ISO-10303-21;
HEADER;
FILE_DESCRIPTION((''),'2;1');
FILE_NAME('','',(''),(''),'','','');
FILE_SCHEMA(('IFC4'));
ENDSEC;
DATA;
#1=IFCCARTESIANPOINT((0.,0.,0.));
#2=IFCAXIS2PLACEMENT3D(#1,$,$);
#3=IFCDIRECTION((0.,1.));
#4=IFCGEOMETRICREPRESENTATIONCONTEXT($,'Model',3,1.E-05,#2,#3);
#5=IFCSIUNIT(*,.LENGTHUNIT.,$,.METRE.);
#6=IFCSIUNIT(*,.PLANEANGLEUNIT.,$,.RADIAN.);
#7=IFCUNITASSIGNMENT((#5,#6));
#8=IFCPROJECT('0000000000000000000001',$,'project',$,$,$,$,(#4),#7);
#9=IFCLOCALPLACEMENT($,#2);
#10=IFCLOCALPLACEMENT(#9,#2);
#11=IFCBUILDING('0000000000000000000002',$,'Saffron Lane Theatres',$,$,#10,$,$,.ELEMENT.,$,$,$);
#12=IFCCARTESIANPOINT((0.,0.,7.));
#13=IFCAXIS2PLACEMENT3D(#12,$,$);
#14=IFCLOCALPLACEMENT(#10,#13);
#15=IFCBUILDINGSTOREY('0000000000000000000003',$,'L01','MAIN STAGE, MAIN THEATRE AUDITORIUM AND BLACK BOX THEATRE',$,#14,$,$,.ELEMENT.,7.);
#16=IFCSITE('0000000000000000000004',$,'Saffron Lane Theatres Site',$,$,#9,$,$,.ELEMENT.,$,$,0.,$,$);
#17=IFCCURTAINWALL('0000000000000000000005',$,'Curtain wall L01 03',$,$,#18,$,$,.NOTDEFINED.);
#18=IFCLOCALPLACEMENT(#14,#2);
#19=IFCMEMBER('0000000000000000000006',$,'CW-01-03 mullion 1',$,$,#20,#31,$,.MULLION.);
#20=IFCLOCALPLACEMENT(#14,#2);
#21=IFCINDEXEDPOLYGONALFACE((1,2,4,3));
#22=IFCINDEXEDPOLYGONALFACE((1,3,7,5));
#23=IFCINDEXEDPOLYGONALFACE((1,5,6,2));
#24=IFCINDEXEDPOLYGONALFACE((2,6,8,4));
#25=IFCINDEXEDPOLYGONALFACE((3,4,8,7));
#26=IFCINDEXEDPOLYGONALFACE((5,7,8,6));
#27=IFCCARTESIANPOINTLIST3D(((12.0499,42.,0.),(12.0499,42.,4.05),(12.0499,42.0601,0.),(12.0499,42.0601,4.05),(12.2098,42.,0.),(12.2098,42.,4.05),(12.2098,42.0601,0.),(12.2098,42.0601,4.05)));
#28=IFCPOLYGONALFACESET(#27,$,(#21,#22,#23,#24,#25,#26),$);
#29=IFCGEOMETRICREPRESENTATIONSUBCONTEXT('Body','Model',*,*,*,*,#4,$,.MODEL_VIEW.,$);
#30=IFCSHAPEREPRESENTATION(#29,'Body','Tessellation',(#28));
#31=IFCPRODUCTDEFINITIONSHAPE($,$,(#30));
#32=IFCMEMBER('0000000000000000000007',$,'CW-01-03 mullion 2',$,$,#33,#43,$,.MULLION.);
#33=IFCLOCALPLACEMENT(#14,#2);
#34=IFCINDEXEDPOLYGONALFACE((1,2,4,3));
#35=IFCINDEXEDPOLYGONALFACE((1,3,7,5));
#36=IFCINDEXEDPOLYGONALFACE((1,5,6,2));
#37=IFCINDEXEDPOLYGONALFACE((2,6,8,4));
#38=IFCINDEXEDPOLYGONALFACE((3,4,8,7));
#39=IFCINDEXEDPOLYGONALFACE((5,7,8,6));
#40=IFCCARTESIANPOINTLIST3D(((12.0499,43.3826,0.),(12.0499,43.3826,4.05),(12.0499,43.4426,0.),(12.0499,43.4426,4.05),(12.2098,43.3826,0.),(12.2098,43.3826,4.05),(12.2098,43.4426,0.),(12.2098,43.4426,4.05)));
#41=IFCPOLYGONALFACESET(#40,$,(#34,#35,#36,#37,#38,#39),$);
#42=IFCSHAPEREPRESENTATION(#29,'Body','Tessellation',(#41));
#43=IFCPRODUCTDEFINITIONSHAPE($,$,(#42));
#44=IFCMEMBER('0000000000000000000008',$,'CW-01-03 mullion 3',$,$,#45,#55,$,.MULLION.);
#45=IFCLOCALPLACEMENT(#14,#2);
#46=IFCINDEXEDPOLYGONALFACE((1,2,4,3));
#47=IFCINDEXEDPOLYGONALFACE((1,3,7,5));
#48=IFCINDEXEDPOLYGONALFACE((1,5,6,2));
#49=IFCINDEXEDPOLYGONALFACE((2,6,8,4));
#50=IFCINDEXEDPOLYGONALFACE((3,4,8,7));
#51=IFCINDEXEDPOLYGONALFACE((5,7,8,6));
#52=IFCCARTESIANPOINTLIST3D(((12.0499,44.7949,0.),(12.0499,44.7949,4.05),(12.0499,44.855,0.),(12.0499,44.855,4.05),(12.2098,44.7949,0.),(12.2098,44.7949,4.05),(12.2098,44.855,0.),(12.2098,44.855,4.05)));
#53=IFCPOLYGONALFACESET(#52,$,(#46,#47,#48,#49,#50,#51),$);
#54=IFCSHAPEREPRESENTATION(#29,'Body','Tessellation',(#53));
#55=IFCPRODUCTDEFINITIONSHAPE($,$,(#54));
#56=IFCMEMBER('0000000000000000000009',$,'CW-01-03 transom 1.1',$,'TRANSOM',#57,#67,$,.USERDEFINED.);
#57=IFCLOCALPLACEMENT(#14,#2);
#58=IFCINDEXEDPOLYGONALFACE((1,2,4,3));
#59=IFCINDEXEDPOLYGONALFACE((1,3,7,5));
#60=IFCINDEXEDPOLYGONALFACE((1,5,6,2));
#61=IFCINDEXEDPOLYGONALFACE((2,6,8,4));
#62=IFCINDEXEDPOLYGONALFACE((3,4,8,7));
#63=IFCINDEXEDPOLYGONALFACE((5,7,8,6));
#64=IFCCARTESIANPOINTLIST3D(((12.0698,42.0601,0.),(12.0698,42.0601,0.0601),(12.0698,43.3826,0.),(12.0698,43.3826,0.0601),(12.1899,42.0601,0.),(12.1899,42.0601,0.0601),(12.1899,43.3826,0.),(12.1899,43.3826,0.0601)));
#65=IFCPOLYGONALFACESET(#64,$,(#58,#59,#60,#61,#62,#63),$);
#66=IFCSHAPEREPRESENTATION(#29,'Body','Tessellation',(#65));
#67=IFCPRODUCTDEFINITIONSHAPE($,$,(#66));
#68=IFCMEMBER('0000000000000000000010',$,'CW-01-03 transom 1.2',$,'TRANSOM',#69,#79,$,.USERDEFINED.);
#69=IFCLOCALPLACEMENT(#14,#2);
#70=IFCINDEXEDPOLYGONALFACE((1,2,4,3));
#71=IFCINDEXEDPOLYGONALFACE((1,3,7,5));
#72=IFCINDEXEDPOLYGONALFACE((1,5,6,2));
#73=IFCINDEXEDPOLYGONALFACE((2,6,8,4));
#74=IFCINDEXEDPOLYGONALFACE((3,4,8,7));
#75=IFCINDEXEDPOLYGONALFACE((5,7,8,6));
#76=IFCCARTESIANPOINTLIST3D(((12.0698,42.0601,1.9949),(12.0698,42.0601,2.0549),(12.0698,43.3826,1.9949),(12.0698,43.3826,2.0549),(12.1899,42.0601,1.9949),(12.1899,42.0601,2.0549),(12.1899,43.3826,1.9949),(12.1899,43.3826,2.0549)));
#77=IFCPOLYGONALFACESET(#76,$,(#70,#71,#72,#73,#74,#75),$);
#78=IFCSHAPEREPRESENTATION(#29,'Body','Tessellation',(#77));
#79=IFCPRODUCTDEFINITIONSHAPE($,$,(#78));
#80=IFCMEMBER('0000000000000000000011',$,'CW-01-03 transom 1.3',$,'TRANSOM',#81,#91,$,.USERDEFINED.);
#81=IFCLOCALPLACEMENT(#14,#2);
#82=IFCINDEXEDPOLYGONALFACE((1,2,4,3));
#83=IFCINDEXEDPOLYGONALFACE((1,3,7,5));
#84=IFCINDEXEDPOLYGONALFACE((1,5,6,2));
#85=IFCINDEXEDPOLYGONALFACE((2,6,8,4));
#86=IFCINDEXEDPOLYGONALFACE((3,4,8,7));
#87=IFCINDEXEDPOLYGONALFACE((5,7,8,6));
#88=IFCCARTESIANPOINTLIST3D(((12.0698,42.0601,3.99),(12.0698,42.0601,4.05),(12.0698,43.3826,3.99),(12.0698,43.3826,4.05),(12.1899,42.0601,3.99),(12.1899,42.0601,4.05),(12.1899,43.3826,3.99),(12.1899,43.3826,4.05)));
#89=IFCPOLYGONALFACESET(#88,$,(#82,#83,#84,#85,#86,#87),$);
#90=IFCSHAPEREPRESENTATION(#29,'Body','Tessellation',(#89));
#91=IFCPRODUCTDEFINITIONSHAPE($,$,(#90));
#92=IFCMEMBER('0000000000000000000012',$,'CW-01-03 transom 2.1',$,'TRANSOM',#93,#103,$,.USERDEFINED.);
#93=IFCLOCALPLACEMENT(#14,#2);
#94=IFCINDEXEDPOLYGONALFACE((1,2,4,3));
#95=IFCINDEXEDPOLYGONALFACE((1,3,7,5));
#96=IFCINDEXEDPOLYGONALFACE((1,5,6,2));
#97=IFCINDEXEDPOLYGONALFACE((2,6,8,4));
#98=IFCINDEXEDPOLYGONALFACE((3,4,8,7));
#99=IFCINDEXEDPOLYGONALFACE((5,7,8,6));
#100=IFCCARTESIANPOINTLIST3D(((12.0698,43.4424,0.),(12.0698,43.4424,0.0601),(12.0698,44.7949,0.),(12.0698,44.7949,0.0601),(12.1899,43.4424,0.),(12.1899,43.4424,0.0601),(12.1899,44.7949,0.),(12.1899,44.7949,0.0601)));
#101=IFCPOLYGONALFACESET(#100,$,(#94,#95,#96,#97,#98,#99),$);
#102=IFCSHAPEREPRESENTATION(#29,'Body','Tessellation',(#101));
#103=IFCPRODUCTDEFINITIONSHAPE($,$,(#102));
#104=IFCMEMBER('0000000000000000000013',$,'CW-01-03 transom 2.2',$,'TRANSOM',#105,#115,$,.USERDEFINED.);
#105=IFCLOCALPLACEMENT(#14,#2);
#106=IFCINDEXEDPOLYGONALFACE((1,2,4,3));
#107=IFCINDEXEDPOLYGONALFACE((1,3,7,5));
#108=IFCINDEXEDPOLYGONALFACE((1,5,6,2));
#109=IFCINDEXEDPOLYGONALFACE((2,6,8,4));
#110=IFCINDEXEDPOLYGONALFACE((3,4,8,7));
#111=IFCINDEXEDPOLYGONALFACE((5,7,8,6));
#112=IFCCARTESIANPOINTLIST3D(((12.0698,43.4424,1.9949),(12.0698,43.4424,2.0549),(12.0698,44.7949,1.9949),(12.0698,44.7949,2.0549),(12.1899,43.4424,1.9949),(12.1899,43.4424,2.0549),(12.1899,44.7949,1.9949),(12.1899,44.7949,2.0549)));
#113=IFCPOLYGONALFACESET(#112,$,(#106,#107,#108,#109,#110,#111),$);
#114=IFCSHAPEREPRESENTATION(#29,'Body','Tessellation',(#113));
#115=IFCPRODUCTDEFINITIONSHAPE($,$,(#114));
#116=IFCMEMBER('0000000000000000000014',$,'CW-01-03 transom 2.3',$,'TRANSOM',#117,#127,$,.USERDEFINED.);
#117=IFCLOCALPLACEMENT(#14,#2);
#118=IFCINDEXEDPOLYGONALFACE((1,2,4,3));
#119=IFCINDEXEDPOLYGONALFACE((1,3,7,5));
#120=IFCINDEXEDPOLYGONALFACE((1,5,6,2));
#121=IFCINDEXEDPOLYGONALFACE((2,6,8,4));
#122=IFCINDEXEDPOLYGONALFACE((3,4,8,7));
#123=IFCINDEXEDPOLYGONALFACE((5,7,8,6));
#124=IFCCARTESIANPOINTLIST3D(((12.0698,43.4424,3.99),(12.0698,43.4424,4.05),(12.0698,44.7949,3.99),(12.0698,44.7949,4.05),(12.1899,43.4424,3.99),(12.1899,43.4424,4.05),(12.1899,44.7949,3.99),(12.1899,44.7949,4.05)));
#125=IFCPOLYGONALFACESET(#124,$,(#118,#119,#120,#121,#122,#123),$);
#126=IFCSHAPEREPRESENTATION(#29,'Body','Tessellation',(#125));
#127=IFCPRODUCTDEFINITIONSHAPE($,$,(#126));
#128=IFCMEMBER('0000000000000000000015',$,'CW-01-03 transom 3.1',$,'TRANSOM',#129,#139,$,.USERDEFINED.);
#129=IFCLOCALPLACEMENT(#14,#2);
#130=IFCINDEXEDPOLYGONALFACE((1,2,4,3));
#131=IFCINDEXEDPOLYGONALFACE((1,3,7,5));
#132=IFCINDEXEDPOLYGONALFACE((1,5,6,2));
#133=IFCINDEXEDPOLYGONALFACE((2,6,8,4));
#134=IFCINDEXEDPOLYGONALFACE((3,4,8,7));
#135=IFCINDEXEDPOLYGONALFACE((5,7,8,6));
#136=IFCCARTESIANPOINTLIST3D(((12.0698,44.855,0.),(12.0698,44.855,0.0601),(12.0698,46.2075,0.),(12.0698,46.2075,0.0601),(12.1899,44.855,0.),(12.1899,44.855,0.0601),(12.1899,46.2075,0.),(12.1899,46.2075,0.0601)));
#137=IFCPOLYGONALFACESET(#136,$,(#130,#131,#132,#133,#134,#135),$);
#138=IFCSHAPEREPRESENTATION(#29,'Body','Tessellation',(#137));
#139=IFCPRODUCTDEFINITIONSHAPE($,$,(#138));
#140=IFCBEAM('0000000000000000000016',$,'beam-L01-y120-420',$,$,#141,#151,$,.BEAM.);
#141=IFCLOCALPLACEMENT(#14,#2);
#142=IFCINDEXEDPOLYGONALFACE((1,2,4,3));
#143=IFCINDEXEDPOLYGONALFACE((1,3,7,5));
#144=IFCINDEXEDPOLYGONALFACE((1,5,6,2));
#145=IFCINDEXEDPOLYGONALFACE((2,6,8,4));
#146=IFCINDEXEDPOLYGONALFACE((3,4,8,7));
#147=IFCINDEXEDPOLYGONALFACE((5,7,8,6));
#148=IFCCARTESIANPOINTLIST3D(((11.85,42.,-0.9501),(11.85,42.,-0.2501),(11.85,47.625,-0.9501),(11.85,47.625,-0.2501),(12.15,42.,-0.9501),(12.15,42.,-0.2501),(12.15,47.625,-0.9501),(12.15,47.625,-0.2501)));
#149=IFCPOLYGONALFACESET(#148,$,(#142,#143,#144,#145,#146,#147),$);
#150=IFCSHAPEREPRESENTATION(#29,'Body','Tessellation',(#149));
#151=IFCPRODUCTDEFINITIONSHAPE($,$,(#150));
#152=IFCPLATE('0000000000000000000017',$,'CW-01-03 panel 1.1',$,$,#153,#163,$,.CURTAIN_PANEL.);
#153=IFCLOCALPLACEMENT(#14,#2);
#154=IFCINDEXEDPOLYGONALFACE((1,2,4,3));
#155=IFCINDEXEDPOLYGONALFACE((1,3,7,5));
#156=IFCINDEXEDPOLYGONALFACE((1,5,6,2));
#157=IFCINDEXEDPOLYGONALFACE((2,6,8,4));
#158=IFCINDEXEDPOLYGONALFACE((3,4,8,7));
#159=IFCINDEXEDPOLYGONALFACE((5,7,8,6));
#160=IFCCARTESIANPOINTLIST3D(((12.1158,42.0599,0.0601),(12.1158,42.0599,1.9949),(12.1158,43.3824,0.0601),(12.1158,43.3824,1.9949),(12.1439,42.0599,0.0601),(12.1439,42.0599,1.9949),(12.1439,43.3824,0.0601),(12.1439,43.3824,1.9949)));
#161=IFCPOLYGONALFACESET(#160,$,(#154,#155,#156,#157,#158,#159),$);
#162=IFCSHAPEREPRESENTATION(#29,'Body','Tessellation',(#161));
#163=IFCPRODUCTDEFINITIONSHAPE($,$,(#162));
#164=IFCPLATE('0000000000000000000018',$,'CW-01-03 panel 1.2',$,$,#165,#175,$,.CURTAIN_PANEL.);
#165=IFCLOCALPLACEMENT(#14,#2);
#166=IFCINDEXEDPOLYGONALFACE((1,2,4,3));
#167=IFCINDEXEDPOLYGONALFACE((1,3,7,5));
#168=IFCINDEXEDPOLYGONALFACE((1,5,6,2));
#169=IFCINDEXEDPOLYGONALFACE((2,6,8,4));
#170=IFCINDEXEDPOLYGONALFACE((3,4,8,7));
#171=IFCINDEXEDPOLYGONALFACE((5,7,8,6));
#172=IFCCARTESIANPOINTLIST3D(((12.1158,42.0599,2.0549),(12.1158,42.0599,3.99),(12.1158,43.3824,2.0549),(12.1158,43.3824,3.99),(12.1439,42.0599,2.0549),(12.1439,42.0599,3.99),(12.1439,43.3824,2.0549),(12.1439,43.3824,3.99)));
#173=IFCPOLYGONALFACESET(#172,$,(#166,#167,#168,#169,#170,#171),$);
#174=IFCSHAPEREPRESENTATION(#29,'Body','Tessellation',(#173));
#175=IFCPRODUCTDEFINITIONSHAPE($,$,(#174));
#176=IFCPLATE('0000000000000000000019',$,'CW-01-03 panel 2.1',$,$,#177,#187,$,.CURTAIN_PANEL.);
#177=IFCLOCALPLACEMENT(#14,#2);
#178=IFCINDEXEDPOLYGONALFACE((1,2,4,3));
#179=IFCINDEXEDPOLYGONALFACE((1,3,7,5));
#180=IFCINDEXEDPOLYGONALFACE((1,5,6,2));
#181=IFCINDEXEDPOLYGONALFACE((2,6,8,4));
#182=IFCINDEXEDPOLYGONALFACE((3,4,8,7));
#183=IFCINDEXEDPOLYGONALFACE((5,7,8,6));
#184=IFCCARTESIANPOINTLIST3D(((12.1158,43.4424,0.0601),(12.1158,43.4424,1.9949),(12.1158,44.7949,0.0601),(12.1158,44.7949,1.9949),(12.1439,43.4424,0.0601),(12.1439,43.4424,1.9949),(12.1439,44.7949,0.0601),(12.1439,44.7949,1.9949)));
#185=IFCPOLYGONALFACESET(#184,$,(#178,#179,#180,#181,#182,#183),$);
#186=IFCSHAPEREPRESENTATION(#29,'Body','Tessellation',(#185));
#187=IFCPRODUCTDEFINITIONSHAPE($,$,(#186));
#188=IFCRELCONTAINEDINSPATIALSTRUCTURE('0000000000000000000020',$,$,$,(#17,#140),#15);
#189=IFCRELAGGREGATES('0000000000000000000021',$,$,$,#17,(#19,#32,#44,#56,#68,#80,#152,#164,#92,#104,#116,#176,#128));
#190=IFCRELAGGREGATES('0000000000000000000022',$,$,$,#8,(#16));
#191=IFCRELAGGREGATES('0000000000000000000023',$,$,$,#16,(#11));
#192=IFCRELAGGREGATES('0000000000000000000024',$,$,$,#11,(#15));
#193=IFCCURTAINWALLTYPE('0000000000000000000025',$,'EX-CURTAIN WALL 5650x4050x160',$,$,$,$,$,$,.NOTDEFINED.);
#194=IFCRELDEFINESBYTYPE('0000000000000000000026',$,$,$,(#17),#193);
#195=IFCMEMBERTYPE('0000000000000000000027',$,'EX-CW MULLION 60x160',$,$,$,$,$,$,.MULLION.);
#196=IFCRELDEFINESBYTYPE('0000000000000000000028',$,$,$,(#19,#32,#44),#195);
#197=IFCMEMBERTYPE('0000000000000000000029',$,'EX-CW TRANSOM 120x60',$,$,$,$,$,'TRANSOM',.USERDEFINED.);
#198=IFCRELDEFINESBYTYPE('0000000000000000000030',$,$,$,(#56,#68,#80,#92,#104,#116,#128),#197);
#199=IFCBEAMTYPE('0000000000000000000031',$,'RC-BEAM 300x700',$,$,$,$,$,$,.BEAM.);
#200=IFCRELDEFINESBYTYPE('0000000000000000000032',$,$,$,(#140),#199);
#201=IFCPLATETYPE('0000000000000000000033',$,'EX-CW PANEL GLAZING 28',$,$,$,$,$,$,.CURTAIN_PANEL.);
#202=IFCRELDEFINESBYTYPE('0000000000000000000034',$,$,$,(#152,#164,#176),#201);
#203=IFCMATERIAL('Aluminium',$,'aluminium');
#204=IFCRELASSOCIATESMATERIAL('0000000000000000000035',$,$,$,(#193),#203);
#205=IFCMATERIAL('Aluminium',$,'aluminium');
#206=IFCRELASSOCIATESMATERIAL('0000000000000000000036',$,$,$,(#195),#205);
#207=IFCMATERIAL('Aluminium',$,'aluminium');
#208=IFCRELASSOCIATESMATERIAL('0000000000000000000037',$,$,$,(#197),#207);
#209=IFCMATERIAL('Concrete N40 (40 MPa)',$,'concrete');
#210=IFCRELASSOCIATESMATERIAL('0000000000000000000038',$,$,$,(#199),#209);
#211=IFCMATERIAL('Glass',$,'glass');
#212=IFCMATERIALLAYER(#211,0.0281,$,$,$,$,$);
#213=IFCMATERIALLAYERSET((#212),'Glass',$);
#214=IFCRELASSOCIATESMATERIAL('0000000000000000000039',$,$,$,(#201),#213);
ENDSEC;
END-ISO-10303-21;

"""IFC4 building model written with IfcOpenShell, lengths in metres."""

from ifc_helpers import new_model, si_unit, direction, frame, origin, origin_2d, place, context, subcontext, project, spatial, rectangle, extrude, material, layer, layer_set, material_profile, profile_set, type_object, element, aggregate, save


model = new_model("IFC4")

# Units and contexts
model_context = context("Model", 3, precision=1e-05, world=origin(), true_north=direction((0.0, 1.0)))
body_context = subcontext(model_context, "Body", "Model", "MODEL_VIEW")
ifc_project = project(units=[si_unit("LENGTHUNIT", "METRE"), si_unit("PLANEANGLEUNIT", "RADIAN")], contexts=[model_context])

# Site, building, storey
site_placement = place(None, origin())
site = spatial("IfcSite", under=ifc_project, at=site_placement, Name="Saffron Lane Theatres Site", CompositionType="ELEMENT", RefElevation=0.0)
building_placement = place(site_placement, origin())
building = spatial("IfcBuilding", under=site, at=building_placement, Name="Saffron Lane Theatres", CompositionType="ELEMENT")
storey_placement = place(building_placement, frame((0.0, 0.0, 7.0)))
storey = spatial("IfcBuildingStorey", under=building, at=storey_placement, Name="L01", Description="MAIN STAGE, MAIN THEATRE AUDITORIUM AND BLACK BOX THEATRE", CompositionType="ELEMENT", Elevation=7.0)

# Curtain wall, members
ifc_material_1 = material(Name="Aluminium", Category="aluminium")
curtain_wall_type = type_object("IfcCurtainWallType", Name="EX-CURTAIN WALL 5650x4050x160", PredefinedType="NOTDEFINED", material=ifc_material_1)
curtain_wall_placement = place(storey_placement, origin())
curtain_wall = element("IfcCurtainWall", 1, at=curtain_wall_placement, inside=storey, type_object=curtain_wall_type, Name="Curtain wall L01 03", PredefinedType="NOTDEFINED")
ifc_material_2 = material(Name="Aluminium", Category="aluminium")
ifc_material_profile_1 = material_profile(ifc_material_2, rectangle(XDim=0.0601, YDim=0.1599, at=origin_2d()))
ifc_profile_set_1 = profile_set([ifc_material_profile_1], Name="Aluminium")
member_type_1 = type_object("IfcMemberType", Name="EX-CW MULLION 60x160", PredefinedType="MULLION", material=ifc_profile_set_1)
member_1_placement = place(storey_placement, frame((12.1299, 42.03, 0.0), z_axis=(0.0, 0.0, 1.0), x_axis=(0.0, 1.0, 0.0)))
member_1 = element("IfcMember", 2, at=member_1_placement, type_object=member_type_1, Name="CW-01-03 mullion 1", PredefinedType="MULLION", context=body_context, shape_type="SweptSolid", body=[
    extrude(rectangle(XDim=0.0601, YDim=0.1599, at=origin_2d()), origin(), (0.0, 0.0, 1.0), 4.05),
])
member_2_placement = place(storey_placement, frame((12.1299, 43.4126, 0.0), z_axis=(0.0, 0.0, 1.0), x_axis=(0.0, 1.0, 0.0)))
member_2 = element("IfcMember", 3, at=member_2_placement, type_object=member_type_1, Name="CW-01-03 mullion 2", PredefinedType="MULLION", context=body_context, shape_type="SweptSolid", body=[
    extrude(rectangle(XDim=0.0601, YDim=0.1599, at=origin_2d()), origin(), (0.0, 0.0, 1.0), 4.05),
])
member_3_placement = place(storey_placement, frame((12.1299, 44.825, 0.0), z_axis=(0.0, 0.0, 1.0), x_axis=(0.0, 1.0, 0.0)))
member_3 = element("IfcMember", 4, at=member_3_placement, type_object=member_type_1, Name="CW-01-03 mullion 3", PredefinedType="MULLION", context=body_context, shape_type="SweptSolid", body=[
    extrude(rectangle(XDim=0.0601, YDim=0.1599, at=origin_2d()), origin(), (0.0, 0.0, 1.0), 4.05),
])
ifc_material_3 = material(Name="Aluminium", Category="aluminium")
ifc_material_profile_2 = material_profile(ifc_material_3, rectangle(XDim=0.1201, YDim=0.0601, at=origin_2d()))
ifc_profile_set_2 = profile_set([ifc_material_profile_2], Name="Aluminium")
member_type_2 = type_object("IfcMemberType", Name="EX-CW TRANSOM 120x60", ElementType="TRANSOM", PredefinedType="USERDEFINED", material=ifc_profile_set_2)
member_4_placement = place(storey_placement, frame((12.1299, 42.0601, 0.03), z_axis=(0.0, 1.0, 0.0), x_axis=(-1.0, 0.0, 0.0)))
member_4 = element("IfcMember", 5, at=member_4_placement, type_object=member_type_2, Name="CW-01-03 transom 1.1", ObjectType="TRANSOM", PredefinedType="USERDEFINED", context=body_context, shape_type="SweptSolid", body=[
    extrude(rectangle(XDim=0.1201, YDim=0.0601, at=origin_2d()), origin(), (0.0, 0.0, 1.0), 1.3225),
])
member_5_placement = place(storey_placement, frame((12.1299, 42.0601, 2.0249), z_axis=(0.0, 1.0, 0.0), x_axis=(-1.0, 0.0, 0.0)))
member_5 = element("IfcMember", 6, at=member_5_placement, type_object=member_type_2, Name="CW-01-03 transom 1.2", ObjectType="TRANSOM", PredefinedType="USERDEFINED", context=body_context, shape_type="SweptSolid", body=[
    extrude(rectangle(XDim=0.1201, YDim=0.0601, at=origin_2d()), origin(), (0.0, 0.0, 1.0), 1.3225),
])
member_6_placement = place(storey_placement, frame((12.1299, 42.0601, 4.02), z_axis=(0.0, 1.0, 0.0), x_axis=(-1.0, 0.0, 0.0)))
member_6 = element("IfcMember", 7, at=member_6_placement, type_object=member_type_2, Name="CW-01-03 transom 1.3", ObjectType="TRANSOM", PredefinedType="USERDEFINED", context=body_context, shape_type="SweptSolid", body=[
    extrude(rectangle(XDim=0.1201, YDim=0.0601, at=origin_2d()), origin(), (0.0, 0.0, 1.0), 1.3225),
])
member_7_placement = place(storey_placement, frame((12.1299, 43.4424, 0.03), z_axis=(0.0, 1.0, 0.0), x_axis=(-1.0, 0.0, 0.0)))
member_7 = element("IfcMember", 8, at=member_7_placement, type_object=member_type_2, Name="CW-01-03 transom 2.1", ObjectType="TRANSOM", PredefinedType="USERDEFINED", context=body_context, shape_type="SweptSolid", body=[
    extrude(rectangle(XDim=0.1201, YDim=0.0601, at=origin_2d()), origin(), (0.0, 0.0, 1.0), 1.3525),
])
member_8_placement = place(storey_placement, frame((12.1299, 43.4424, 2.0249), z_axis=(0.0, 1.0, 0.0), x_axis=(-1.0, 0.0, 0.0)))
member_8 = element("IfcMember", 9, at=member_8_placement, type_object=member_type_2, Name="CW-01-03 transom 2.2", ObjectType="TRANSOM", PredefinedType="USERDEFINED", context=body_context, shape_type="SweptSolid", body=[
    extrude(rectangle(XDim=0.1201, YDim=0.0601, at=origin_2d()), origin(), (0.0, 0.0, 1.0), 1.3525),
])
member_9_placement = place(storey_placement, frame((12.1299, 43.4424, 4.02), z_axis=(0.0, 1.0, 0.0), x_axis=(-1.0, 0.0, 0.0)))
member_9 = element("IfcMember", 10, at=member_9_placement, type_object=member_type_2, Name="CW-01-03 transom 2.3", ObjectType="TRANSOM", PredefinedType="USERDEFINED", context=body_context, shape_type="SweptSolid", body=[
    extrude(rectangle(XDim=0.1201, YDim=0.0601, at=origin_2d()), origin(), (0.0, 0.0, 1.0), 1.3525),
])
member_10_placement = place(storey_placement, frame((12.1299, 44.855, 0.03), z_axis=(0.0, 1.0, 0.0), x_axis=(-1.0, 0.0, 0.0)))
member_10 = element("IfcMember", 11, at=member_10_placement, type_object=member_type_2, Name="CW-01-03 transom 3.1", ObjectType="TRANSOM", PredefinedType="USERDEFINED", context=body_context, shape_type="SweptSolid", body=[
    extrude(rectangle(XDim=0.1201, YDim=0.0601, at=origin_2d()), origin(), (0.0, 0.0, 1.0), 1.3525),
])

# Beam
ifc_material_4 = material(Name="Concrete N40 (40 MPa)", Category="concrete")
ifc_material_profile_3 = material_profile(ifc_material_4, rectangle(XDim=0.3, YDim=0.7, at=origin_2d()))
ifc_profile_set_3 = profile_set([ifc_material_profile_3], Name="Concrete N40 (40 MPa)")
beam_type = type_object("IfcBeamType", Name="RC-BEAM 300x700", PredefinedType="BEAM", material=ifc_profile_set_3)
beam_placement = place(storey_placement, frame((12.0, 42.0, -0.6001), z_axis=(0.0, 1.0, 0.0), x_axis=(-1.0, 0.0, 0.0)))
element("IfcBeam", 12, at=beam_placement, inside=storey, type_object=beam_type, Name="beam-L01-y120-420", PredefinedType="BEAM", context=body_context, shape_type="SweptSolid", body=[
    extrude(rectangle(XDim=0.3, YDim=0.7, at=origin_2d()), origin(), (0.0, 0.0, 1.0), 5.625),
])

# Plates
ifc_material_5 = material(Name="Glass", Category="glass")
ifc_layer_1 = layer(ifc_material_5, 0.0281)
ifc_layer_set_1 = layer_set([ifc_layer_1], Name="Glass")
plate_type = type_object("IfcPlateType", Name="EX-CW PANEL GLAZING 28", PredefinedType="CURTAIN_PANEL", material=ifc_layer_set_1)
plate_1_placement = place(storey_placement, frame((12.1299, 42.7212, 0.0601), z_axis=(0.0, 0.0, 1.0), x_axis=(0.0, 1.0, 0.0)))
plate_1 = element("IfcPlate", 13, at=plate_1_placement, type_object=plate_type, Name="CW-01-03 panel 1.1", PredefinedType="CURTAIN_PANEL", context=body_context, shape_type="SweptSolid", body=[
    extrude(rectangle(XDim=1.3225, YDim=0.0281, at=origin_2d()), origin(), (0.0, 0.0, 1.0), 1.9348),
])
plate_2_placement = place(storey_placement, frame((12.1299, 42.7212, 2.0549), z_axis=(0.0, 0.0, 1.0), x_axis=(0.0, 1.0, 0.0)))
plate_2 = element("IfcPlate", 14, at=plate_2_placement, type_object=plate_type, Name="CW-01-03 panel 1.2", PredefinedType="CURTAIN_PANEL", context=body_context, shape_type="SweptSolid", body=[
    extrude(rectangle(XDim=1.3225, YDim=0.0281, at=origin_2d()), origin(), (0.0, 0.0, 1.0), 1.9351),
])
plate_3_placement = place(storey_placement, frame((12.1299, 44.1187, 0.0601), z_axis=(0.0, 0.0, 1.0), x_axis=(0.0, 1.0, 0.0)))
plate_3 = element("IfcPlate", 15, at=plate_3_placement, type_object=plate_type, Name="CW-01-03 panel 2.1", PredefinedType="CURTAIN_PANEL", context=body_context, shape_type="SweptSolid", body=[
    extrude(rectangle(XDim=1.3525, YDim=0.0281, at=origin_2d()), origin(), (0.0, 0.0, 1.0), 1.9348),
])
aggregate(curtain_wall, [member_1, member_2, member_3, member_4, member_5, member_6, plate_1, plate_2, member_7, member_8, member_9, plate_3, member_10])

save(model, "model.ifc")
